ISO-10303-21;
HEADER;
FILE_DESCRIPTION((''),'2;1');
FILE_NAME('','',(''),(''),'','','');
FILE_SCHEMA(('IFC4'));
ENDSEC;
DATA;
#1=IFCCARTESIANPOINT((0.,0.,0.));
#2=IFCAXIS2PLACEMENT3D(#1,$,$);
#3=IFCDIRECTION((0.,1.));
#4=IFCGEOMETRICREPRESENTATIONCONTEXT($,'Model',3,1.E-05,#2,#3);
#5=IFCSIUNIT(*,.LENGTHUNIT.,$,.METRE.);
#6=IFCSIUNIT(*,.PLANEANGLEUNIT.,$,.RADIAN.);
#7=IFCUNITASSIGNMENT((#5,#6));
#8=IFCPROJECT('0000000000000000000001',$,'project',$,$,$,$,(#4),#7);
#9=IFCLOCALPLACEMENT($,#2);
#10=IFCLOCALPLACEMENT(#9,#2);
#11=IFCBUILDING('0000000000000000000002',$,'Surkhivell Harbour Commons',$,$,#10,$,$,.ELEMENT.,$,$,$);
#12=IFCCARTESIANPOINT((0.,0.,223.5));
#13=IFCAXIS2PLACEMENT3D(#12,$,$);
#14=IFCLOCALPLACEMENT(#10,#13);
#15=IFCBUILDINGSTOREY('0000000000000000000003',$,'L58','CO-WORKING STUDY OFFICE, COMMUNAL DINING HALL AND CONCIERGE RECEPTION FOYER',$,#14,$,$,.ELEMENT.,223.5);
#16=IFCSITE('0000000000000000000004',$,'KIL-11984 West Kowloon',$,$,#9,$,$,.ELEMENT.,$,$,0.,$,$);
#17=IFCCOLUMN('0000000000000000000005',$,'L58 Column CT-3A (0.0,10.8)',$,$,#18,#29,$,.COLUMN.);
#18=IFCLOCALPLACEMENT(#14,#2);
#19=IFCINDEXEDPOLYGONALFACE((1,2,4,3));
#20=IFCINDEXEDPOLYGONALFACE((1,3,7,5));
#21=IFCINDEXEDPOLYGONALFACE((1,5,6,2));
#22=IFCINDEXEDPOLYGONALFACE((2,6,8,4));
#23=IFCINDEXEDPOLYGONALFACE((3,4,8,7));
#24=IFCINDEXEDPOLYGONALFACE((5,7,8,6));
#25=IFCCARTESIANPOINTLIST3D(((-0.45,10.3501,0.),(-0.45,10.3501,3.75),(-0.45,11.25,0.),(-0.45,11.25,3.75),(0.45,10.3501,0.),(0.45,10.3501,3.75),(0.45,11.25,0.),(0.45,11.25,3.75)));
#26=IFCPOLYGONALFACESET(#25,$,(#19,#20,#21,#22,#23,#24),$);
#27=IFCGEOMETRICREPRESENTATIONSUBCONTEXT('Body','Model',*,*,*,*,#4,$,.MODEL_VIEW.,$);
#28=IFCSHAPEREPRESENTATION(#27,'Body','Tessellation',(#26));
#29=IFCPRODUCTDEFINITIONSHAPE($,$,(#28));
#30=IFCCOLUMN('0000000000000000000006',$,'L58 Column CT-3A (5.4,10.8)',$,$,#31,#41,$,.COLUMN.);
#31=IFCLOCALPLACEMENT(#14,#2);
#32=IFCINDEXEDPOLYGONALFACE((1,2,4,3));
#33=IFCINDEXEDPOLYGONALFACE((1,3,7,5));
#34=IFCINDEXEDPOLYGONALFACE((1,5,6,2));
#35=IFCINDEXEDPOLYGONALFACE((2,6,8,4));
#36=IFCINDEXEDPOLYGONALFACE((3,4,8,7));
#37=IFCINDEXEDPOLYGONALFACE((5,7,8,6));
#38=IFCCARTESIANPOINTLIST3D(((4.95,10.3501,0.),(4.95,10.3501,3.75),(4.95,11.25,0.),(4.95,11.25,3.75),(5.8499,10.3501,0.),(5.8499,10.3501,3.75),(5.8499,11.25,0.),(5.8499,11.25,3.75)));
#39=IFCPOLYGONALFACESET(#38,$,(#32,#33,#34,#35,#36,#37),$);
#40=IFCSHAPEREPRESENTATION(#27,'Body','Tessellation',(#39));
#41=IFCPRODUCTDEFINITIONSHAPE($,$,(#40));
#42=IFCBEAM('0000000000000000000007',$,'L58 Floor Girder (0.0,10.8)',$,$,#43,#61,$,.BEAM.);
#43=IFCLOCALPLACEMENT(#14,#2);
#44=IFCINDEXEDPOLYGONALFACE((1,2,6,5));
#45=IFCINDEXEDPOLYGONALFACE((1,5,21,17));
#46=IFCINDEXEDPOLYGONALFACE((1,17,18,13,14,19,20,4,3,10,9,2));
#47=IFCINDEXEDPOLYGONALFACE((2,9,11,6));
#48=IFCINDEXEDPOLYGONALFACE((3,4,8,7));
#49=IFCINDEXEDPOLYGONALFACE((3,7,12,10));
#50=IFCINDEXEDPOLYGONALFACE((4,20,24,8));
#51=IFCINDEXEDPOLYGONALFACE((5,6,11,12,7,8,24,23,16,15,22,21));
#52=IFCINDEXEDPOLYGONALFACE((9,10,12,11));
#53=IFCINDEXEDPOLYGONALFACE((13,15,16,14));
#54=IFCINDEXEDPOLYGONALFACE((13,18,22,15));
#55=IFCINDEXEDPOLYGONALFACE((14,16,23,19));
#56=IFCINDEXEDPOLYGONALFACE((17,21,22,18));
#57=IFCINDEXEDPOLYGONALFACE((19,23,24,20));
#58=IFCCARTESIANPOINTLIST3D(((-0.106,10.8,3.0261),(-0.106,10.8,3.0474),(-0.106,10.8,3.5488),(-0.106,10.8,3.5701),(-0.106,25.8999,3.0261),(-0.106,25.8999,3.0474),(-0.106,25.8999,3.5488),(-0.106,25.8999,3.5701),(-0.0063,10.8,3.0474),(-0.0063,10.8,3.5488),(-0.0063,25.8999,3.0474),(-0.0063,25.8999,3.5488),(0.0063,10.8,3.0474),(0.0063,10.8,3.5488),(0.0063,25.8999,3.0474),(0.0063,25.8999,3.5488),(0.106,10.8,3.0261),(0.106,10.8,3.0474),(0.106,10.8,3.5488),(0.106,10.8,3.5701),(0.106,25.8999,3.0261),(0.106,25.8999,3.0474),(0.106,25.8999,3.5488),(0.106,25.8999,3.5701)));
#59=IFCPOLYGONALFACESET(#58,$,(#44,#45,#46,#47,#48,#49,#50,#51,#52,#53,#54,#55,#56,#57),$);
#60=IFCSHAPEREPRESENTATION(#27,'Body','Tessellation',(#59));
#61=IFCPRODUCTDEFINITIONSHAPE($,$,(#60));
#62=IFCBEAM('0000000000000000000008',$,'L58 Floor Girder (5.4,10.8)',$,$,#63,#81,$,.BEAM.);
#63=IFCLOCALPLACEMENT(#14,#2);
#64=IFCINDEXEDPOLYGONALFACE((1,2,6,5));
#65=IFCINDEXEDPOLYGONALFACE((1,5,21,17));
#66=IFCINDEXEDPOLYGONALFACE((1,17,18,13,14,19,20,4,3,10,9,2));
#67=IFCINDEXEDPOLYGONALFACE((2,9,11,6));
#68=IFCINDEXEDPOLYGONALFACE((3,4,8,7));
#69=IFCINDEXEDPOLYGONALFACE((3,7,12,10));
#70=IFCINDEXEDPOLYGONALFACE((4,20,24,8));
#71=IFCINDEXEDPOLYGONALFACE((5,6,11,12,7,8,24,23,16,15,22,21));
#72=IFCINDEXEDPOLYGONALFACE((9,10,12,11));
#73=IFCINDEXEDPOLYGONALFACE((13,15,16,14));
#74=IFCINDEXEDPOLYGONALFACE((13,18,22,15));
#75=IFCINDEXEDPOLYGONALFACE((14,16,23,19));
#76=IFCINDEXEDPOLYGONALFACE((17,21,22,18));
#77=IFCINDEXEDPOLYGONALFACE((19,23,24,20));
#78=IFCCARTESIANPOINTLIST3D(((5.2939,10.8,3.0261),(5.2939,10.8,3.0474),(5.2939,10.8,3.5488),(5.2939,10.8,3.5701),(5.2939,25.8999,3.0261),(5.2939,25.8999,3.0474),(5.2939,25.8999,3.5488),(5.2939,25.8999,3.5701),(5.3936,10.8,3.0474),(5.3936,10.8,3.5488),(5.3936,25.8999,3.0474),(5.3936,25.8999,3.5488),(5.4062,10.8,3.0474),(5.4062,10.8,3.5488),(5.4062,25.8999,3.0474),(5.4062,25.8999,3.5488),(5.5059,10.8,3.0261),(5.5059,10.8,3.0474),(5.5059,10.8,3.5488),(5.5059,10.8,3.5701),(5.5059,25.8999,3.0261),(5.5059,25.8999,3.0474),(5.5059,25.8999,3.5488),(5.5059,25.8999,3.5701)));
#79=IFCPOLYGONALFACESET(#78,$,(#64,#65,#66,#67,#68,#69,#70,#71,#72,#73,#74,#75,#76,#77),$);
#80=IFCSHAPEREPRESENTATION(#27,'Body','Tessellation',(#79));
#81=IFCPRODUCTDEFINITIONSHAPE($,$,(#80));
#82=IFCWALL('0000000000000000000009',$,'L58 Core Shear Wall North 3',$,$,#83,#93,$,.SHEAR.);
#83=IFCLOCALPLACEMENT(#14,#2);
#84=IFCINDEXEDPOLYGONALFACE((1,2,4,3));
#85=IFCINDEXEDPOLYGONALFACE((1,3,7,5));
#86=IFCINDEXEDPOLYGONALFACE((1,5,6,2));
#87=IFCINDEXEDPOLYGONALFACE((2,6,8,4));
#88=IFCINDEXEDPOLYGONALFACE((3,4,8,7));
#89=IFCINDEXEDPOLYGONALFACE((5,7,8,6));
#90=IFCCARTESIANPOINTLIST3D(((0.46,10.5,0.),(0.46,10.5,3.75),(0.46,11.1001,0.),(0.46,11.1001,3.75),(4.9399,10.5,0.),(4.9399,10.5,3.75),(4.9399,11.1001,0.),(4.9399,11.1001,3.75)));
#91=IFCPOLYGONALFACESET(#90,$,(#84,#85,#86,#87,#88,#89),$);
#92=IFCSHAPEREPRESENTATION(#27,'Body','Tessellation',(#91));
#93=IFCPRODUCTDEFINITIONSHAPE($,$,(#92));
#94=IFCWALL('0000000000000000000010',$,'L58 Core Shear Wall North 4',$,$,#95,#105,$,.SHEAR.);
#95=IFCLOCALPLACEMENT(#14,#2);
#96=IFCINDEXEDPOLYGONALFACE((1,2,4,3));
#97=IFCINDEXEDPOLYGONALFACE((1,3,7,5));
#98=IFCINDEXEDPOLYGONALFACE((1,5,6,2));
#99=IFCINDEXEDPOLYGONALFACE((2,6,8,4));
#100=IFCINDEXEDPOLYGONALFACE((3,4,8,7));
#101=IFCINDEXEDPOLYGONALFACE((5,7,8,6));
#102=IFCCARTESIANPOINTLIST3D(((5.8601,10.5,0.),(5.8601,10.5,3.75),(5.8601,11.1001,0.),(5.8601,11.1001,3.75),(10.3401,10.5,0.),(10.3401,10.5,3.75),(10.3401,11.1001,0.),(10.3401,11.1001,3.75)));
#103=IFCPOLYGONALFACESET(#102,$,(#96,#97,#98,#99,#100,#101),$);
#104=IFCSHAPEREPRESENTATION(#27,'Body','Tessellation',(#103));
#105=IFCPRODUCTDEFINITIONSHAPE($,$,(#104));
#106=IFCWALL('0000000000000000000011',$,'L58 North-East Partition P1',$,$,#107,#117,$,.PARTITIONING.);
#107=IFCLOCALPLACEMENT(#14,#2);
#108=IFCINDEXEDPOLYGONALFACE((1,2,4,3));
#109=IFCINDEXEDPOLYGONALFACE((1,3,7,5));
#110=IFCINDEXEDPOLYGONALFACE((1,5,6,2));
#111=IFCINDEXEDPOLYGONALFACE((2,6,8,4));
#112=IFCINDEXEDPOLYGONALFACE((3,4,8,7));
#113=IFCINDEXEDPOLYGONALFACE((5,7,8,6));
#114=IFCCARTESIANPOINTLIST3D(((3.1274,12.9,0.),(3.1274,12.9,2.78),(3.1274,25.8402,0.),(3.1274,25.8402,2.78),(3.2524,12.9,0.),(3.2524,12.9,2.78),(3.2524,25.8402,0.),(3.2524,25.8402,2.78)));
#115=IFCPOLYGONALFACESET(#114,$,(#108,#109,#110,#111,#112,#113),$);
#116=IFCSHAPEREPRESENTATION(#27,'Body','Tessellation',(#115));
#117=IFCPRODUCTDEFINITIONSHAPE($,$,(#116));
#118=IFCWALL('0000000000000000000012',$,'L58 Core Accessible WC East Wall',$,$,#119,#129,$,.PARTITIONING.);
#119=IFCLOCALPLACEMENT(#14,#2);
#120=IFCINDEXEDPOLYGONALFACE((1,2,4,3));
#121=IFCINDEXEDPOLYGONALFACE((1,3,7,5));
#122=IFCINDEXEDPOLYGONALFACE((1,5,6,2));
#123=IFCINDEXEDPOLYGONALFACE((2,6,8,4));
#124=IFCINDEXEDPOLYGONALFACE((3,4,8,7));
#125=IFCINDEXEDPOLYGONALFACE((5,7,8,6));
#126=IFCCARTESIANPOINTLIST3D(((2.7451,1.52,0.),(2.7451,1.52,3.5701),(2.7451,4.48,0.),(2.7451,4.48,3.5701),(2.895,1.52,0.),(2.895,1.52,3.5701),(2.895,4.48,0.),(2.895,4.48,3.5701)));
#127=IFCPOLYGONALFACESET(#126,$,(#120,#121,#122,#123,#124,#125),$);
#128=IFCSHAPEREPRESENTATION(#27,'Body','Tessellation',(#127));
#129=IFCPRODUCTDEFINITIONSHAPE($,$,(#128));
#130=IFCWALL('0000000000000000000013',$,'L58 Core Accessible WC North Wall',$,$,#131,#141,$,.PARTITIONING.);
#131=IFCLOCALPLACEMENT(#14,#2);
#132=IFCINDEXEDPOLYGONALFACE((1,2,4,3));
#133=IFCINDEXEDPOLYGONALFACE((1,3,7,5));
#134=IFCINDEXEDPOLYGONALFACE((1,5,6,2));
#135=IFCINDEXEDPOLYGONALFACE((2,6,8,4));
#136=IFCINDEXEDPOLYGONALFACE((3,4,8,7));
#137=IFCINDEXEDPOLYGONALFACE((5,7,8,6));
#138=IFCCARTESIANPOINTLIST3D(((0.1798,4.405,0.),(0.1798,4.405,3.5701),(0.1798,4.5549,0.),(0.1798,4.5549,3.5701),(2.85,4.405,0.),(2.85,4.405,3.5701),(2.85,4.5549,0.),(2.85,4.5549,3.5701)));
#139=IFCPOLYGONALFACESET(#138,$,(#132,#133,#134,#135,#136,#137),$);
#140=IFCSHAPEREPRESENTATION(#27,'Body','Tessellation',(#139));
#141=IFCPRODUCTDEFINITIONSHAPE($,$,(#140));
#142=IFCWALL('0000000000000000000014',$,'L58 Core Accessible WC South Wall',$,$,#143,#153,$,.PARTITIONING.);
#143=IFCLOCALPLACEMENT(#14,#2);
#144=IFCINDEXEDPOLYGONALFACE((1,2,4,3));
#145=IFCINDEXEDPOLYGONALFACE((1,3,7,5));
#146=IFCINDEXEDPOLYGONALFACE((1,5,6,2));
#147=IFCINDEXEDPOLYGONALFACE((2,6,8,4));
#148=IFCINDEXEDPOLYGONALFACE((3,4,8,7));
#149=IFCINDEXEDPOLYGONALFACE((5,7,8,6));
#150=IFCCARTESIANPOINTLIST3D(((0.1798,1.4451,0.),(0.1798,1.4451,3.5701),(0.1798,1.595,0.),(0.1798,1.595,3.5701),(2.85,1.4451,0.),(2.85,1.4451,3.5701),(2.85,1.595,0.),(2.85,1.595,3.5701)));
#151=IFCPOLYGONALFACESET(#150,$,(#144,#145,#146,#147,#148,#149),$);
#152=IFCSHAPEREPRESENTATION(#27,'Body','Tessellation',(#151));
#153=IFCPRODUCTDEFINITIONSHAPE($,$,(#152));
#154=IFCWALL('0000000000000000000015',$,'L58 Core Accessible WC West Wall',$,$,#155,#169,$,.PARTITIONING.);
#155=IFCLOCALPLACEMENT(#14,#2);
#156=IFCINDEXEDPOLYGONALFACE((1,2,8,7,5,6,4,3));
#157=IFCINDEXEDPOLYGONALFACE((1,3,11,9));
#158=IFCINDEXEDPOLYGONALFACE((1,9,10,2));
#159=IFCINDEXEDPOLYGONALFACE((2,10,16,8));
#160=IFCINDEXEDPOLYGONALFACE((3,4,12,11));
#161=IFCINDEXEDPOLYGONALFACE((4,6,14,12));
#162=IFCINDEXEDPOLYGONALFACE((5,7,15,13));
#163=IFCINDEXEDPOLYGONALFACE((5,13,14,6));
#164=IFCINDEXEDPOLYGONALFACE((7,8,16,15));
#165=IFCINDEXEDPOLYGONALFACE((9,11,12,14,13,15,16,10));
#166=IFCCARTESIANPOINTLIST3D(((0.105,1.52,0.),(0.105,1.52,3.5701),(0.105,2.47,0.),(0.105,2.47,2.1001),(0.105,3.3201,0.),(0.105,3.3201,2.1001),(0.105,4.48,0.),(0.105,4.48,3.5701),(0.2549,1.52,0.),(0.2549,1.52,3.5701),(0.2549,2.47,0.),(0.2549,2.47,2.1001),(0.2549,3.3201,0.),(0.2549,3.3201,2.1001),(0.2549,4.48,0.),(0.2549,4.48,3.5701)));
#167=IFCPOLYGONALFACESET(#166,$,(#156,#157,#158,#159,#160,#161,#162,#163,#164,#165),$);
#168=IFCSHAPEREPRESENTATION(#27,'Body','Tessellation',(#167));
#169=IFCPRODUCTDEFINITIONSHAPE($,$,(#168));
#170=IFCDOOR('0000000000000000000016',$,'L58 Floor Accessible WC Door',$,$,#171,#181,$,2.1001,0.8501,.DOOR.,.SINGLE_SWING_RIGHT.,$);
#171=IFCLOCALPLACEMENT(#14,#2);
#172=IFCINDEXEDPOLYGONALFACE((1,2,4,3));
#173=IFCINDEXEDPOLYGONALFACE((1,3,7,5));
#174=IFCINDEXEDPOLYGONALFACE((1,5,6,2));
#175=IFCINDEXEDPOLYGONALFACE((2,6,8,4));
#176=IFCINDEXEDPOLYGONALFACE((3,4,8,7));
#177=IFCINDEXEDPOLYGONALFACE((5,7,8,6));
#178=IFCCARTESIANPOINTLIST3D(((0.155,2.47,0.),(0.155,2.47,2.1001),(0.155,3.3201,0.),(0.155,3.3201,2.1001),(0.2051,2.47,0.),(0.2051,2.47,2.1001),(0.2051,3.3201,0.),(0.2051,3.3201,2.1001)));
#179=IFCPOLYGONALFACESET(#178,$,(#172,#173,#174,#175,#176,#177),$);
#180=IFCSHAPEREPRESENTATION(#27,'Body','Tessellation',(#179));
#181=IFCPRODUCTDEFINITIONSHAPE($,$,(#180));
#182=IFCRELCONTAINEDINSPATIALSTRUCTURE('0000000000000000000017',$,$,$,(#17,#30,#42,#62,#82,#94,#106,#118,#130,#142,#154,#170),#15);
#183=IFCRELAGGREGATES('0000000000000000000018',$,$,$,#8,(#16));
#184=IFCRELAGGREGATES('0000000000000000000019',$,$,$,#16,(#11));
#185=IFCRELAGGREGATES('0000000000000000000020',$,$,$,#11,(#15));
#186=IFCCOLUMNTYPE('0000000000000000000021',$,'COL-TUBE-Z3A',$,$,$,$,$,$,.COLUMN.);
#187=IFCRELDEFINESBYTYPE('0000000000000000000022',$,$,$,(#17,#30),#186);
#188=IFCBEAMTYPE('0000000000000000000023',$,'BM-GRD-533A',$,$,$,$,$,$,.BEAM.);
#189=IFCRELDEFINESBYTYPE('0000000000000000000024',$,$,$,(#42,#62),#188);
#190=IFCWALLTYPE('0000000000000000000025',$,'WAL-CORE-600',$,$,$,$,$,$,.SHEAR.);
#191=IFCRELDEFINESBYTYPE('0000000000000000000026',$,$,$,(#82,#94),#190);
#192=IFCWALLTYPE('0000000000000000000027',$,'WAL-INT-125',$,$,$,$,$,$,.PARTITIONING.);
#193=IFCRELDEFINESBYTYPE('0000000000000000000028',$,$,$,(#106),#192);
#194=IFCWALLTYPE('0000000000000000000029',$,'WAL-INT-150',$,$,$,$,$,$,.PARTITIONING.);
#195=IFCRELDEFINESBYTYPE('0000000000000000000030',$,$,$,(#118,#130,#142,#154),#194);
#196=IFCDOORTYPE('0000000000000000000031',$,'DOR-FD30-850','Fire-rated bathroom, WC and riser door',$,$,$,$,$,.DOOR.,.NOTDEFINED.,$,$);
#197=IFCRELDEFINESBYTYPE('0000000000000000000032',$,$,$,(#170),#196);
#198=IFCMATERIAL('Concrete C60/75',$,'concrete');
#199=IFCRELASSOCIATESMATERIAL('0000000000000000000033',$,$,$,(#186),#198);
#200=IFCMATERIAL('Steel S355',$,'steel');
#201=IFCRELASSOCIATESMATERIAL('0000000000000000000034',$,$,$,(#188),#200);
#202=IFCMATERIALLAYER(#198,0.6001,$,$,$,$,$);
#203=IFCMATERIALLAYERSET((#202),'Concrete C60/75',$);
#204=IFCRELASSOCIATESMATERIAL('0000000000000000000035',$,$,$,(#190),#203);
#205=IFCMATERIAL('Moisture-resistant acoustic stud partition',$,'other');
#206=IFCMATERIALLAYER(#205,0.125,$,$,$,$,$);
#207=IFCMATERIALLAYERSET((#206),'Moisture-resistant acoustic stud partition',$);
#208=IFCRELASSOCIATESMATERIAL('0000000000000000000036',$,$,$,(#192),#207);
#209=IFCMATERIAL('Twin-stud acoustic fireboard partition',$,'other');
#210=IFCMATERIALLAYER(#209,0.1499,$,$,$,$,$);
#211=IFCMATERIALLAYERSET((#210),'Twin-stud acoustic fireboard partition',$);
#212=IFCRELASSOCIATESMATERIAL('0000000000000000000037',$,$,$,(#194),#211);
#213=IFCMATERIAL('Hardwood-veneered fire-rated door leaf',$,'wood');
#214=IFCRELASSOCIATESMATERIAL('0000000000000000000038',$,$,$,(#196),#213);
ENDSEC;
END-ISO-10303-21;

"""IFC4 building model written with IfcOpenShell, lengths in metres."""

from ifc_helpers import new_model, si_unit, direction, frame, frame_2d, origin, origin_2d, place, context, subcontext, project, spatial, rectangle, i_section, extrude, material, layer, layer_set, material_profile, profile_set, type_object, element, fill, save


model = new_model("IFC4")

# Units and contexts
model_context = context("Model", 3, precision=1e-05, world=origin(), true_north=direction((0.0, 1.0)))
body_context = subcontext(model_context, "Body", "Model", "MODEL_VIEW")
ifc_project = project(units=[si_unit("LENGTHUNIT", "METRE"), si_unit("PLANEANGLEUNIT", "RADIAN")], contexts=[model_context])

# Site, building, storey
site_placement = place(None, origin())
site = spatial("IfcSite", under=ifc_project, at=site_placement, Name="KIL-11984 West Kowloon", CompositionType="ELEMENT", RefElevation=0.0)
building_placement = place(site_placement, origin())
building = spatial("IfcBuilding", under=site, at=building_placement, Name="Surkhivell Harbour Commons", CompositionType="ELEMENT")
storey_placement = place(building_placement, frame((0.0, 0.0, 223.5)))
storey = spatial("IfcBuildingStorey", under=building, at=storey_placement, Name="L58", Description="CO-WORKING STUDY OFFICE, COMMUNAL DINING HALL AND CONCIERGE RECEPTION FOYER", CompositionType="ELEMENT", Elevation=223.5)

# Columns
ifc_material_1 = material(Name="Concrete C60/75", Category="concrete")
ifc_material_profile_1 = material_profile(ifc_material_1, rectangle(XDim=0.8999, YDim=0.8999, at=origin_2d()), Name="RC-COL-900x900")
ifc_profile_set_1 = profile_set([ifc_material_profile_1], Name="Concrete C60/75")
column_type = type_object("IfcColumnType", Name="COL-TUBE-Z3A", PredefinedType="COLUMN", material=ifc_profile_set_1)
for number, where, z_axis, x_axis, name in (
    (1, (0.0, 10.8, 0.0), (0.0, 0.0, 1.0), (1.0, 0.0, 0.0), "L58 Column CT-3A (0.0,10.8)"),
    (2, (5.3999, 10.8, 0.0), (0.0, 0.0, 1.0), (1.0, 0.0, 0.0), "L58 Column CT-3A (5.4,10.8)"),
):
    element("IfcColumn", number, at=place(storey_placement, frame(where, z_axis=z_axis, x_axis=x_axis)), inside=storey, type_object=column_type, Name=name, PredefinedType="COLUMN", context=body_context, shape_type="SweptSolid", body=[
        extrude(rectangle(XDim=0.8999, YDim=0.8999, at=origin_2d()), origin(), (0.0, 0.0, 1.0), 3.75),
    ])

# Beams
ifc_material_2 = material(Name="Steel S355", Category="steel")
ifc_material_profile_2 = material_profile(ifc_material_2, i_section(OverallWidth=0.2119, OverallDepth=0.5439, WebThickness=0.0127, FlangeThickness=0.0212, at=origin_2d()), Name="UB533x210x122")
ifc_profile_set_2 = profile_set([ifc_material_profile_2], Name="Steel S355")
beam_type = type_object("IfcBeamType", Name="BM-GRD-533A", PredefinedType="BEAM", material=ifc_profile_set_2)
for number, where, z_axis, x_axis, name in (
    (3, (0.0, 10.8, 3.2981), (0.0, 1.0, 0.0), (-1.0, 0.0, 0.0), "L58 Floor Girder (0.0,10.8)"),
    (4, (5.3999, 10.8, 3.2981), (0.0, 1.0, 0.0), (-1.0, 0.0, 0.0), "L58 Floor Girder (5.4,10.8)"),
):
    element("IfcBeam", number, at=place(storey_placement, frame(where, z_axis=z_axis, x_axis=x_axis)), inside=storey, type_object=beam_type, Name=name, PredefinedType="BEAM", context=body_context, shape_type="SweptSolid", body=[
        extrude(i_section(OverallWidth=0.2119, OverallDepth=0.5439, WebThickness=0.0127, FlangeThickness=0.0212, at=origin_2d()), origin(), (0.0, 0.0, 1.0), 15.0999),
    ])

# Walls
ifc_layer_1 = layer(ifc_material_1, 0.6001)
ifc_layer_set_1 = layer_set([ifc_layer_1], Name="Concrete C60/75")
wall_type_1 = type_object("IfcWallType", Name="WAL-CORE-600", PredefinedType="SHEAR", material=ifc_layer_set_1)
for number, where, z_axis, x_axis, name in (
    (5, (0.46, 10.8, 0.0), (0.0, 0.0, 1.0), (1.0, 0.0, 0.0), "L58 Core Shear Wall North 3"),
    (6, (5.8601, 10.8, 0.0), (0.0, 0.0, 1.0), (1.0, 0.0, 0.0), "L58 Core Shear Wall North 4"),
):
    element("IfcWall", number, at=place(storey_placement, frame(where, z_axis=z_axis, x_axis=x_axis)), inside=storey, type_object=wall_type_1, Name=name, PredefinedType="SHEAR", context=body_context, shape_type="SweptSolid", body=[
        extrude(rectangle(XDim=4.48, YDim=0.6001, at=frame_2d((2.24, 0.0))), origin(), (0.0, 0.0, 1.0), 3.75),
    ])
ifc_material_3 = material(Name="Moisture-resistant acoustic stud partition", Category="other")
ifc_layer_2 = layer(ifc_material_3, 0.125)
ifc_layer_set_2 = layer_set([ifc_layer_2], Name="Moisture-resistant acoustic stud partition")
wall_type_2 = type_object("IfcWallType", Name="WAL-INT-125", PredefinedType="PARTITIONING", material=ifc_layer_set_2)
wall_1_placement = place(storey_placement, frame((3.1899, 12.8999, 0.0), z_axis=(0.0, 0.0, 1.0), x_axis=(0.0, 1.0, 0.0)))
element("IfcWall", 7, at=wall_1_placement, inside=storey, type_object=wall_type_2, Name="L58 North-East Partition P1", PredefinedType="PARTITIONING", context=body_context, shape_type="SweptSolid", body=[
    extrude(rectangle(XDim=12.9402, YDim=0.125, at=frame_2d((6.4702, 0.0))), origin(), (0.0, 0.0, 1.0), 2.78),
])
ifc_material_4 = material(Name="Twin-stud acoustic fireboard partition", Category="other")
ifc_layer_3 = layer(ifc_material_4, 0.1499)
ifc_layer_set_3 = layer_set([ifc_layer_3], Name="Twin-stud acoustic fireboard partition")
wall_type_3 = type_object("IfcWallType", Name="WAL-INT-150", PredefinedType="PARTITIONING", material=ifc_layer_set_3)
wall_2_placement = place(storey_placement, frame((2.8201, 1.52, 0.0), z_axis=(0.0, 0.0, 1.0), x_axis=(0.0, 1.0, 0.0)))
element("IfcWall", 8, at=wall_2_placement, inside=storey, type_object=wall_type_3, Name="L58 Core Accessible WC East Wall", PredefinedType="PARTITIONING", context=body_context, shape_type="SweptSolid", body=[
    extrude(rectangle(XDim=2.96, YDim=0.1499, at=frame_2d((1.48, 0.0))), origin(), (0.0, 0.0, 1.0), 3.5701),
])
for number, where, z_axis, x_axis, name in (
    (9, (0.1799, 4.48, 0.0), (0.0, 0.0, 1.0), (1.0, 0.0, 0.0), "L58 Core Accessible WC North Wall"),
    (10, (0.1799, 1.52, 0.0), (0.0, 0.0, 1.0), (1.0, 0.0, 0.0), "L58 Core Accessible WC South Wall"),
):
    element("IfcWall", number, at=place(storey_placement, frame(where, z_axis=z_axis, x_axis=x_axis)), inside=storey, type_object=wall_type_3, Name=name, PredefinedType="PARTITIONING", context=body_context, shape_type="SweptSolid", body=[
        extrude(rectangle(XDim=2.6702, YDim=0.1499, at=frame_2d((1.335, 0.0))), origin(), (0.0, 0.0, 1.0), 3.5701),
    ])

# Wall, opening, door
wall_3_placement = place(storey_placement, frame((0.1799, 1.52, 0.0), z_axis=(0.0, 0.0, 1.0), x_axis=(0.0, 1.0, 0.0)))
wall_3 = element("IfcWall", 11, at=wall_3_placement, inside=storey, type_object=wall_type_3, Name="L58 Core Accessible WC West Wall", PredefinedType="PARTITIONING", context=body_context, shape_type="SweptSolid", body=[
    extrude(rectangle(XDim=2.96, YDim=0.1499, at=frame_2d((1.48, 0.0))), origin(), (0.0, 0.0, 1.0), 3.5701),
])
opening_1_placement = place(wall_3_placement, frame((0.95, 0.0, 0.0)))
opening_1 = element("IfcOpeningElement", 12, at=opening_1_placement, cuts=wall_3, PredefinedType="OPENING", context=body_context, shape_type="SweptSolid", body=[
    extrude(rectangle(XDim=0.8501, YDim=2.1001, at=frame_2d((0.425, 1.05))), frame((0.0, 0.085, 0.0), z_axis=(0.0, -1.0, 0.0), x_axis=(1.0, 0.0, 0.0)), (0.0, 0.0, 1.0), 0.1699),
])
ifc_material_5 = material(Name="Hardwood-veneered fire-rated door leaf", Category="wood")
door_type_1 = type_object("IfcDoorType", Name="DOR-FD30-850", Description="Fire-rated bathroom, WC and riser door", OperationType="NOTDEFINED", PredefinedType="DOOR", material=ifc_material_5)
door_1_placement = place(opening_1_placement, origin())
door_1 = element("IfcDoor", 13, at=door_1_placement, inside=storey, type_object=door_type_1, Name="L58 Floor Accessible WC Door", OperationType="SINGLE_SWING_RIGHT", OverallHeight=2.1001, OverallWidth=0.8501, PredefinedType="DOOR", context=body_context, shape_type="SweptSolid", body=[
    extrude(rectangle(XDim=0.8501, YDim=2.1001, at=frame_2d((0.425, 1.05))), frame((0.0, 0.0249, 0.0), z_axis=(0.0, -1.0, 0.0), x_axis=(1.0, 0.0, 0.0)), (0.0, 0.0, 1.0), 0.05),
])
fill(opening_1, door_1)

save(model, "model.ifc")
